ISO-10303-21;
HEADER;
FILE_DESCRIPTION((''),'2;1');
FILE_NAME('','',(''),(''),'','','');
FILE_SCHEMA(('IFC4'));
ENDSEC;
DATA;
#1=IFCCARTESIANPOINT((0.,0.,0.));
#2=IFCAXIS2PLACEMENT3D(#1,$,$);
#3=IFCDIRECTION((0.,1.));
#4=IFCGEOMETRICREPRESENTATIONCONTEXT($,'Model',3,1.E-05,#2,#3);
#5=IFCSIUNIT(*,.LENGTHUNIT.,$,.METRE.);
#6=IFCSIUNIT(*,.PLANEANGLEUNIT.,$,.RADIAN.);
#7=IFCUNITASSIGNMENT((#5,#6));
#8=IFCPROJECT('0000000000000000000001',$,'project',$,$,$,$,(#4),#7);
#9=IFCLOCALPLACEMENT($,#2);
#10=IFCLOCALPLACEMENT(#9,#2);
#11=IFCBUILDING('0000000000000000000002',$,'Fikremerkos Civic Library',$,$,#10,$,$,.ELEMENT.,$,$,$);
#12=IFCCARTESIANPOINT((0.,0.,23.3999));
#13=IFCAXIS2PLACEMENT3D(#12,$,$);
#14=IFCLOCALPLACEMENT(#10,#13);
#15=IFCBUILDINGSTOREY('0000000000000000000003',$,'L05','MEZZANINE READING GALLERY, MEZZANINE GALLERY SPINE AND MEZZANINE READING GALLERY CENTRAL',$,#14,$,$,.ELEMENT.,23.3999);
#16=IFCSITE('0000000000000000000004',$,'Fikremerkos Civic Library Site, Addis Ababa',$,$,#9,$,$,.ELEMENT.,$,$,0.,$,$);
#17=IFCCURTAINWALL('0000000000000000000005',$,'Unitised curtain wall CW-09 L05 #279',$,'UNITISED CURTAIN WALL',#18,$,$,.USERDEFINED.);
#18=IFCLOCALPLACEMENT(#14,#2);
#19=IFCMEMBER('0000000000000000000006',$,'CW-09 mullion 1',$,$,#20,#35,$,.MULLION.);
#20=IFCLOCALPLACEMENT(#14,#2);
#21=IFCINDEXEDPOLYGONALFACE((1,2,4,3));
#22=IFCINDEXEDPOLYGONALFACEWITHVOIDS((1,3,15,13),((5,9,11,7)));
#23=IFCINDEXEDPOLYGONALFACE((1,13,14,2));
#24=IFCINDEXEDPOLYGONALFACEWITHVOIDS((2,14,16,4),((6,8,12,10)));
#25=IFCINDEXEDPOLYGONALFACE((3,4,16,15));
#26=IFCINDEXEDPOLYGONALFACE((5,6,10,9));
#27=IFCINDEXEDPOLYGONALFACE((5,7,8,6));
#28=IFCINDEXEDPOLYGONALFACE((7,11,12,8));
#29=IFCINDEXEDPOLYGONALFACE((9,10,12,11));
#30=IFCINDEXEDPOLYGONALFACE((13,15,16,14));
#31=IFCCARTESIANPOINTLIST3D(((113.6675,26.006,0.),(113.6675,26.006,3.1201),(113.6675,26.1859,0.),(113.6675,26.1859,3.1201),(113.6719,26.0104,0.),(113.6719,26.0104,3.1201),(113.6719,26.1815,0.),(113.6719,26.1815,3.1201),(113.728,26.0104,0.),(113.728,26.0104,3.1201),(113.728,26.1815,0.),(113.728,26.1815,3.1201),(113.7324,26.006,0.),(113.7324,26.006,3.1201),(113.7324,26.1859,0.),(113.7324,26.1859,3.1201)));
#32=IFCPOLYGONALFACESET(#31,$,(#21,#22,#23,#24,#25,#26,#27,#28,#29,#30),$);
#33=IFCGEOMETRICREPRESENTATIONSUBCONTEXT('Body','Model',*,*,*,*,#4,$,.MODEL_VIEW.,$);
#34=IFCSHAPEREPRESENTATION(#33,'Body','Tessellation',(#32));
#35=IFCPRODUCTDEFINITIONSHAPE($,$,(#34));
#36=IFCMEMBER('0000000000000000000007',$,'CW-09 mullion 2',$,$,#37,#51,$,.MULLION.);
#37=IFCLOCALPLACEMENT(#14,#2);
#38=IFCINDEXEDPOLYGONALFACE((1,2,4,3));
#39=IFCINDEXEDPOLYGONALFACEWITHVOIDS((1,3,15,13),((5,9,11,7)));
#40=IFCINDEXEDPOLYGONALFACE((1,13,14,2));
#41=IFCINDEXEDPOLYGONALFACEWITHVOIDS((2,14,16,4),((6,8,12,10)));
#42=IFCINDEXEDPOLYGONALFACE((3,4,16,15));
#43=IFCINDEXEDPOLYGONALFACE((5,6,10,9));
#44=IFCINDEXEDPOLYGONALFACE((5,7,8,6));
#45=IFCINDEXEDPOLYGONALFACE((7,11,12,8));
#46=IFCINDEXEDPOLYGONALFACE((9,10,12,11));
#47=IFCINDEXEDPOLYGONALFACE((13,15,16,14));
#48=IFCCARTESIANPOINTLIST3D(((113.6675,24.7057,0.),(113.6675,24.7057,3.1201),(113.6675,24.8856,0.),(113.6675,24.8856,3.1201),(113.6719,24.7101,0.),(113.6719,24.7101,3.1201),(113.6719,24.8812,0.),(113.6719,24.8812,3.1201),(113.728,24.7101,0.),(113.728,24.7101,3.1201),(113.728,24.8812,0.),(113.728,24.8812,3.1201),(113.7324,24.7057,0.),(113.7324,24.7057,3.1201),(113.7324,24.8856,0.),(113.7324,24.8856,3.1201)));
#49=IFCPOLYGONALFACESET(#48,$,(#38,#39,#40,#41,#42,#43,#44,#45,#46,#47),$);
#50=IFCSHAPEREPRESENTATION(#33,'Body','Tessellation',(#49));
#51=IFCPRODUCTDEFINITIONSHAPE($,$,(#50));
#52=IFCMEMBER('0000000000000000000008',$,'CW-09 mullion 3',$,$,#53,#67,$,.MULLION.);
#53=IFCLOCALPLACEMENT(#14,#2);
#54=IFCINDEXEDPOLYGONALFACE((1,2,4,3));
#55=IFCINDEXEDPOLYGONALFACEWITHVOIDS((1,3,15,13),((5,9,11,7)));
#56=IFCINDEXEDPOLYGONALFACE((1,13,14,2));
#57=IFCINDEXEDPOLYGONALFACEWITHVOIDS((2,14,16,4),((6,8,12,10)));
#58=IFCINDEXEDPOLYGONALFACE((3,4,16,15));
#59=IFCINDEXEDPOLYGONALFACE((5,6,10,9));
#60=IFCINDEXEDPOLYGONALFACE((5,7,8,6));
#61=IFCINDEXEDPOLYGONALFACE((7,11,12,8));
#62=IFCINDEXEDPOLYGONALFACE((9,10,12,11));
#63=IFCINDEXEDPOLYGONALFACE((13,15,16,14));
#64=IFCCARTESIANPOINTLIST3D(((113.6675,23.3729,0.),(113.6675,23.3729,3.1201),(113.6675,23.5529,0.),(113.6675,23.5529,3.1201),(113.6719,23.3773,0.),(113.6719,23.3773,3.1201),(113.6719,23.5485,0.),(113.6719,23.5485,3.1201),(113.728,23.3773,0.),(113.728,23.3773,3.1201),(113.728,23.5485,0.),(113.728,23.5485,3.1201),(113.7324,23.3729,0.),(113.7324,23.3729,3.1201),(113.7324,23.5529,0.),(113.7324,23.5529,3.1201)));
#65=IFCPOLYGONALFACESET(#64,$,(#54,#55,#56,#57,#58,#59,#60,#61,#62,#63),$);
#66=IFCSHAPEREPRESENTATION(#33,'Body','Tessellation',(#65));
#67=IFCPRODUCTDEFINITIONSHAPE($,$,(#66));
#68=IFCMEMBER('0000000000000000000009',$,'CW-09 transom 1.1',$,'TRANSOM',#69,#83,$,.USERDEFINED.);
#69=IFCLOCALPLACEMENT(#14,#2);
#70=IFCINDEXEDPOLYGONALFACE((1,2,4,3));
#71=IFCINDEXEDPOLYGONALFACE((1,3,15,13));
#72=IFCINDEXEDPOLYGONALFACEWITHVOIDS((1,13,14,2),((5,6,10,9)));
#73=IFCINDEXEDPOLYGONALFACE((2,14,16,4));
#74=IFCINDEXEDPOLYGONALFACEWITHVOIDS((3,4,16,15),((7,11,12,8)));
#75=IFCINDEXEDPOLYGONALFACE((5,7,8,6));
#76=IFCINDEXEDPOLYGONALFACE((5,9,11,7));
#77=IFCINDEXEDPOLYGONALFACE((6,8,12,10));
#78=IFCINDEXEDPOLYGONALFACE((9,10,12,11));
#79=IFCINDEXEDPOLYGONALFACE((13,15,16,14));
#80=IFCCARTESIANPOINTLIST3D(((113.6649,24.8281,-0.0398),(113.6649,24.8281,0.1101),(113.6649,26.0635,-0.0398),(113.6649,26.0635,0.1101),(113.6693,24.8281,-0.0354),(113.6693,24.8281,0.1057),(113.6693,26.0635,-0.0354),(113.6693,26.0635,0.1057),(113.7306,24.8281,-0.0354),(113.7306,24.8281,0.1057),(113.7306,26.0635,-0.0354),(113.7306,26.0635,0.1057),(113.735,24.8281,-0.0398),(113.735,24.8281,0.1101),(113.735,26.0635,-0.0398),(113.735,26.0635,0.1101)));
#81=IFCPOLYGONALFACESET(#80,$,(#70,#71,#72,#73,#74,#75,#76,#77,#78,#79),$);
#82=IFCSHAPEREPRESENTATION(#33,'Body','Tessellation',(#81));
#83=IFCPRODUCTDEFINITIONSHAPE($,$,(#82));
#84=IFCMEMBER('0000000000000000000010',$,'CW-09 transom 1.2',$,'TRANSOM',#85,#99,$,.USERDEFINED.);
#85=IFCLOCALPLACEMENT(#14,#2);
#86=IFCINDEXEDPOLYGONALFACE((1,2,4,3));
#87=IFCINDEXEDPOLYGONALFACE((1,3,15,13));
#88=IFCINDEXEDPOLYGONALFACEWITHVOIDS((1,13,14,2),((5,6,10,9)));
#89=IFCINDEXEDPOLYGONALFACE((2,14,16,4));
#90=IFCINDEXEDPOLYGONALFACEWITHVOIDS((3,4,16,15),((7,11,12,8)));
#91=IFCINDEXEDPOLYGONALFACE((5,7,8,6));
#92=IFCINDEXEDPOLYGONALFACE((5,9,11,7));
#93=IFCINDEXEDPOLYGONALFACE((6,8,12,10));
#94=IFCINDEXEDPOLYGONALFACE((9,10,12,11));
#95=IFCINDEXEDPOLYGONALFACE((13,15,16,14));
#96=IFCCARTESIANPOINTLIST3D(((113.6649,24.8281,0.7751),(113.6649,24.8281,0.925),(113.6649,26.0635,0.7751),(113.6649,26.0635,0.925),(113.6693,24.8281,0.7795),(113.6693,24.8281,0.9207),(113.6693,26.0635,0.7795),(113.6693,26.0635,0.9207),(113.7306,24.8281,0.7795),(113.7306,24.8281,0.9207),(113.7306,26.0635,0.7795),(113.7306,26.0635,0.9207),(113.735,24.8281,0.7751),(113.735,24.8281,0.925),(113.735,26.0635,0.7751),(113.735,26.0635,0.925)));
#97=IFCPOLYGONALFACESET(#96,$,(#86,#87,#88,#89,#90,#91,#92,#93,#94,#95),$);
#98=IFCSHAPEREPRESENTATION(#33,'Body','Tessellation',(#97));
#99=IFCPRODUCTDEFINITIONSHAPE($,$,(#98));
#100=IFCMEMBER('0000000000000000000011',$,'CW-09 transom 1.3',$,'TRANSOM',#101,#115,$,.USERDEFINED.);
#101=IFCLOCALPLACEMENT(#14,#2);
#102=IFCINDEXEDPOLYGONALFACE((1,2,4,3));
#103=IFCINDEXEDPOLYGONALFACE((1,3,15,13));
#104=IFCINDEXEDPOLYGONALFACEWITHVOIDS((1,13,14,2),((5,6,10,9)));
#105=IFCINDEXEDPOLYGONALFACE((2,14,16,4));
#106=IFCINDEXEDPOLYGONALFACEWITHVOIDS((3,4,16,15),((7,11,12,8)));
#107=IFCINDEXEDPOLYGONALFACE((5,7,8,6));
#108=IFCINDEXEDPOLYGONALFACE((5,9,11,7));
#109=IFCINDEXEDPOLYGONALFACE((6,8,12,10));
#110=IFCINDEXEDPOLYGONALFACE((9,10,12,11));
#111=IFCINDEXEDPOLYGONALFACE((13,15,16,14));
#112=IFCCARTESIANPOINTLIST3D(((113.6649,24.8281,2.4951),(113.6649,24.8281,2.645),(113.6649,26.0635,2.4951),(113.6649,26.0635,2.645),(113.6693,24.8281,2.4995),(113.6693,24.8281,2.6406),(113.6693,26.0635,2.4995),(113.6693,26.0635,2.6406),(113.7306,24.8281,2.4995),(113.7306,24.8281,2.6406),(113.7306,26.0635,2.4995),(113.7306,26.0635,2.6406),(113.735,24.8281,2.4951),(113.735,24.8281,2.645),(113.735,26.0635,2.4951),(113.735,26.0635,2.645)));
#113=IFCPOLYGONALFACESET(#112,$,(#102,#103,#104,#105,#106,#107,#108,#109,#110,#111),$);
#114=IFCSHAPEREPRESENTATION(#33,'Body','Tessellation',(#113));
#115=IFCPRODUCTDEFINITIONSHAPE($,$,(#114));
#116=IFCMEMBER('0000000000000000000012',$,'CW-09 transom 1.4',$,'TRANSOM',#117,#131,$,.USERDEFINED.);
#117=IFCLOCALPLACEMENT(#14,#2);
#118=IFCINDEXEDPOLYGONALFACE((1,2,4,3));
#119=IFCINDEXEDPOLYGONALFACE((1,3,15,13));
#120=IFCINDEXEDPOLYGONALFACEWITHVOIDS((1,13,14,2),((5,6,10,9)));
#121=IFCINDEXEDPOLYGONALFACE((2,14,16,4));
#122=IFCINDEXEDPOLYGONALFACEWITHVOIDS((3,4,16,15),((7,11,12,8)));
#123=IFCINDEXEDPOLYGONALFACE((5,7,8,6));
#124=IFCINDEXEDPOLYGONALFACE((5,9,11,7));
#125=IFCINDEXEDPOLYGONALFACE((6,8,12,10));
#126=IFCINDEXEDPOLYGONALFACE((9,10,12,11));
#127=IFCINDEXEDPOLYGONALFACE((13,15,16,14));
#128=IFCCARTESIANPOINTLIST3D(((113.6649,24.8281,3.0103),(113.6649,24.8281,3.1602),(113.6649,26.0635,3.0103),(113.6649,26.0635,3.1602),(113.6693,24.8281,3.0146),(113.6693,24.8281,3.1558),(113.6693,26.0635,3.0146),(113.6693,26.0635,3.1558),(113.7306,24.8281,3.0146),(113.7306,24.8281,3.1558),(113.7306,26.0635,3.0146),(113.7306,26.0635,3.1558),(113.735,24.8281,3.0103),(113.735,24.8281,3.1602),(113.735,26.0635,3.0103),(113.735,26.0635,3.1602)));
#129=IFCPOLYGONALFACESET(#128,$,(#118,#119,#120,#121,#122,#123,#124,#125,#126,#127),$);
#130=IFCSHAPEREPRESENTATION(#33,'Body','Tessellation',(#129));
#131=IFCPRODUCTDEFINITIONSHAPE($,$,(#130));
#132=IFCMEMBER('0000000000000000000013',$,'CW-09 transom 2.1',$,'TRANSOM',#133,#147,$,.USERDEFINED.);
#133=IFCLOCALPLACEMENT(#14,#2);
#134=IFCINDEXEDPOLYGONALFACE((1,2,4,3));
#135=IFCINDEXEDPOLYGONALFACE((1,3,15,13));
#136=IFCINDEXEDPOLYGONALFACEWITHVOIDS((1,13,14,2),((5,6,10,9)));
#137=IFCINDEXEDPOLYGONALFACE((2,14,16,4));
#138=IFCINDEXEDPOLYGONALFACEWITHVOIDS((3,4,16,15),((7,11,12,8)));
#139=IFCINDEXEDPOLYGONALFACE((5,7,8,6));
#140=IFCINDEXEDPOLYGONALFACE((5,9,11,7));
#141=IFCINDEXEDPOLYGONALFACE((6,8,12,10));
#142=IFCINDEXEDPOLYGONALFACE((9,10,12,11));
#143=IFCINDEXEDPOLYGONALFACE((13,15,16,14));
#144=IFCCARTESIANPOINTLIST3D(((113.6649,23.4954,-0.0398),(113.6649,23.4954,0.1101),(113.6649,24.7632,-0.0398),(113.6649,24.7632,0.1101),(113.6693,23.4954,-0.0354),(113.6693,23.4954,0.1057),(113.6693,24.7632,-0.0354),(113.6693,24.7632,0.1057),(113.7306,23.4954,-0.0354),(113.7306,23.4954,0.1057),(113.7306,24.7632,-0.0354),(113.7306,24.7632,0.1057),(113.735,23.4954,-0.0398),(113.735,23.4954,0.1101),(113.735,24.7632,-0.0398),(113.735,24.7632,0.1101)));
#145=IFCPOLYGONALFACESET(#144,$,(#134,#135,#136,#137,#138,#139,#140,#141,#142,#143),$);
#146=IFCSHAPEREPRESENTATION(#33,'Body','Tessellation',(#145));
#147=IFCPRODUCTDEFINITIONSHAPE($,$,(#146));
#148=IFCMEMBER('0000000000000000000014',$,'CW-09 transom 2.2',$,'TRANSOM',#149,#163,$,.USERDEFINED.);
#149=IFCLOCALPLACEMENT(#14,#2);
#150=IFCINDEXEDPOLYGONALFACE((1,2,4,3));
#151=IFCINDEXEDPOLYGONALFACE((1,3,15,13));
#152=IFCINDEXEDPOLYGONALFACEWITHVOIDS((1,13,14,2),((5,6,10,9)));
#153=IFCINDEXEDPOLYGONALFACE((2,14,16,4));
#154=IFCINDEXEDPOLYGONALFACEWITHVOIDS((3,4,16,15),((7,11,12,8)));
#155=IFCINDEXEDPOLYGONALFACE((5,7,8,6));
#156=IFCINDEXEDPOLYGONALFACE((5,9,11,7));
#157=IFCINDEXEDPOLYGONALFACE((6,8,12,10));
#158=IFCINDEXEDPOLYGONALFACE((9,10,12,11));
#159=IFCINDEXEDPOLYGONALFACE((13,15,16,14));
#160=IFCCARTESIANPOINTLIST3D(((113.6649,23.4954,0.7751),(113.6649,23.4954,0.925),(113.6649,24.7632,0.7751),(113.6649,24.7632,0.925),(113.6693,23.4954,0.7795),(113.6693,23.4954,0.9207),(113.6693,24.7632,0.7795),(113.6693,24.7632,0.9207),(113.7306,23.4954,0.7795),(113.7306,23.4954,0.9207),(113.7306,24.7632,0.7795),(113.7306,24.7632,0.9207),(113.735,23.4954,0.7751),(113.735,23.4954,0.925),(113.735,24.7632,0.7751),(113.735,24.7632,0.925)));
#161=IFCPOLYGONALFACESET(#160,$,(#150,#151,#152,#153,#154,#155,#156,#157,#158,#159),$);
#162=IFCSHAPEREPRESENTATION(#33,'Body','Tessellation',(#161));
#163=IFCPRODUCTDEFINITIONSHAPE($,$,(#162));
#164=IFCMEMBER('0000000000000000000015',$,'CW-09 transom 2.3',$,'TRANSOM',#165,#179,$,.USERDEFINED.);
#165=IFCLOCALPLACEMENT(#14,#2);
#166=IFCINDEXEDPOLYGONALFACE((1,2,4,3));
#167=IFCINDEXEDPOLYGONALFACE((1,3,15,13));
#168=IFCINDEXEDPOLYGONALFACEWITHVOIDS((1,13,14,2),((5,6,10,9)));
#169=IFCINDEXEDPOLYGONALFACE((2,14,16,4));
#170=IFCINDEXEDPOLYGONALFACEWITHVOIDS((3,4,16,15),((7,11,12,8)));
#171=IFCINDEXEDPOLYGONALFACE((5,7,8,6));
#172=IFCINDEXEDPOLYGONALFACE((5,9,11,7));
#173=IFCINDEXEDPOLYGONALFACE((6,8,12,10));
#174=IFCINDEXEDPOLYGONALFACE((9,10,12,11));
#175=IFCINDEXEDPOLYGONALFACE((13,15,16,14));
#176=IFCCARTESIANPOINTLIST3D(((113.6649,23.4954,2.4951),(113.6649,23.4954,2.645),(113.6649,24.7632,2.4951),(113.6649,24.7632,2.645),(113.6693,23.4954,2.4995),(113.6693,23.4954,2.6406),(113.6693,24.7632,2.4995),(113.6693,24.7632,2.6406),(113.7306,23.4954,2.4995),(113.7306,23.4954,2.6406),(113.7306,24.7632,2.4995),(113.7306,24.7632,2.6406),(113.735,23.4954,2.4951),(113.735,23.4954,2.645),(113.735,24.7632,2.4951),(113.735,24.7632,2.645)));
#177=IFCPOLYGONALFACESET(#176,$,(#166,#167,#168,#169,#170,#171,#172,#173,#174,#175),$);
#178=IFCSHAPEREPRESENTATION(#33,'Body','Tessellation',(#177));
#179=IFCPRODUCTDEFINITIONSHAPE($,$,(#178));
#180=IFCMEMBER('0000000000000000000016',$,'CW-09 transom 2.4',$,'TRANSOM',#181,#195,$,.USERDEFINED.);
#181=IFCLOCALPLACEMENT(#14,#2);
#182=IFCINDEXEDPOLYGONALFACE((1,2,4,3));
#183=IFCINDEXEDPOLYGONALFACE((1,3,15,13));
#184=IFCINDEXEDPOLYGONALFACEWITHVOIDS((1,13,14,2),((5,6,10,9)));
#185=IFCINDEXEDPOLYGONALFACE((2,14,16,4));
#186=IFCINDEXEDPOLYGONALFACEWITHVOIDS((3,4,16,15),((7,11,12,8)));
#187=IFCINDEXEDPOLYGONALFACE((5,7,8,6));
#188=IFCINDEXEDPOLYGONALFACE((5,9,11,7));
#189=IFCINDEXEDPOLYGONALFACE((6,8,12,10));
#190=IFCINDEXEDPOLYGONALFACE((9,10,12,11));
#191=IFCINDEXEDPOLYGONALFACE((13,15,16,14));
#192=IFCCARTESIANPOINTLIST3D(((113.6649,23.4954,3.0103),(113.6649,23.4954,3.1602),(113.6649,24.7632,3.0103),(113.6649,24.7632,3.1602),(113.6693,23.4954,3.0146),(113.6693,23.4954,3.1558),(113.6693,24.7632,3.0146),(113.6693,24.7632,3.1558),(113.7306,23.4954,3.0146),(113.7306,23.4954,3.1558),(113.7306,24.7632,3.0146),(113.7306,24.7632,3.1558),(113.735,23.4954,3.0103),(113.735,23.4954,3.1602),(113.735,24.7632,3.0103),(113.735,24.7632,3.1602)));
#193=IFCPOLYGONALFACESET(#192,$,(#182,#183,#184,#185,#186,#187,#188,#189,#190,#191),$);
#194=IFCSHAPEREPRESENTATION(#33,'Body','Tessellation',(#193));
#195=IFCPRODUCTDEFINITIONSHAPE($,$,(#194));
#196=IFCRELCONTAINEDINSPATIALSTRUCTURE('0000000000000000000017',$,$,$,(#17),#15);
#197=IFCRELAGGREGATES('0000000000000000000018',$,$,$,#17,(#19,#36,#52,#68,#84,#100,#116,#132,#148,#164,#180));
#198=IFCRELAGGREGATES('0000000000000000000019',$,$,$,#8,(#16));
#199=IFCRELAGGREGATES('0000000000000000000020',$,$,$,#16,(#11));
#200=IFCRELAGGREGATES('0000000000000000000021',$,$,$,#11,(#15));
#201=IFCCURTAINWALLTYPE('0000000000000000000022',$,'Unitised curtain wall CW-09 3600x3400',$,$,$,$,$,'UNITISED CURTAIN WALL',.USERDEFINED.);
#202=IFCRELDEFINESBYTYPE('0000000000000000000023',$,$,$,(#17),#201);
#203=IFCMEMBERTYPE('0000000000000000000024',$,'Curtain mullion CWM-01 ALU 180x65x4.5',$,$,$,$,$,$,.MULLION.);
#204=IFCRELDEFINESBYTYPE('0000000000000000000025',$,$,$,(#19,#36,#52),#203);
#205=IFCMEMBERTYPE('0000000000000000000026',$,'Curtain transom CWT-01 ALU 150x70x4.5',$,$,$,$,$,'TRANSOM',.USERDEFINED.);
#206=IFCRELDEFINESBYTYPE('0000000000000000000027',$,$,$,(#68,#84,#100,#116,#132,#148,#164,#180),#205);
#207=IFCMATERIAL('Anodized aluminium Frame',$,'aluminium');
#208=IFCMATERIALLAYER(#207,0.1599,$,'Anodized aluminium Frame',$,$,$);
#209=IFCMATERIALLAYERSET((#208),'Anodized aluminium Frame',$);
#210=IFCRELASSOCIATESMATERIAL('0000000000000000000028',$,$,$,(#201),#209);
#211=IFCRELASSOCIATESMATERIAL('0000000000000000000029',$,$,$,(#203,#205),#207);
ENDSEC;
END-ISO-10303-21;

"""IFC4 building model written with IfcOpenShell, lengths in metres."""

from ifc_helpers import new_model, si_unit, direction, frame, origin, origin_2d, place, context, subcontext, project, spatial, hollow_rectangle, extrude, material, layer, layer_set, material_profile, profile_set, type_object, element, aggregate, save


model = new_model("IFC4")

# Units and contexts
model_context = context("Model", 3, precision=1e-05, world=origin(), true_north=direction((0.0, 1.0)))
body_context = subcontext(model_context, "Body", "Model", "MODEL_VIEW")
ifc_project = project(units=[si_unit("LENGTHUNIT", "METRE"), si_unit("PLANEANGLEUNIT", "RADIAN")], contexts=[model_context])

# Site, building, storey
site_placement = place(None, origin())
site = spatial("IfcSite", under=ifc_project, at=site_placement, Name="Fikremerkos Civic Library Site, Addis Ababa", CompositionType="ELEMENT", RefElevation=0.0)
building_placement = place(site_placement, origin())
building = spatial("IfcBuilding", under=site, at=building_placement, Name="Fikremerkos Civic Library", CompositionType="ELEMENT")
storey_placement = place(building_placement, frame((0.0, 0.0, 23.3999)))
storey = spatial("IfcBuildingStorey", under=building, at=storey_placement, Name="L05", Description="MEZZANINE READING GALLERY, MEZZANINE GALLERY SPINE AND MEZZANINE READING GALLERY CENTRAL", CompositionType="ELEMENT", Elevation=23.3999)

# Curtain wall, members
ifc_material_1 = material(Name="Anodized aluminium Frame", Category="aluminium")
ifc_layer_1 = layer(ifc_material_1, 0.1599, Name="Anodized aluminium Frame")
ifc_layer_set_1 = layer_set([ifc_layer_1], Name="Anodized aluminium Frame")
curtain_wall_type = type_object("IfcCurtainWallType", Name="Unitised curtain wall CW-09 3600x3400", ElementType="UNITISED CURTAIN WALL", PredefinedType="USERDEFINED", material=ifc_layer_set_1)
curtain_wall_placement = place(storey_placement, origin())
curtain_wall = element("IfcCurtainWall", 1, at=curtain_wall_placement, inside=storey, type_object=curtain_wall_type, Name="Unitised curtain wall CW-09 L05 #279", ObjectType="UNITISED CURTAIN WALL", PredefinedType="USERDEFINED")
ifc_material_profile_1 = material_profile(ifc_material_1, hollow_rectangle(XDim=0.0649, YDim=0.1799, WallThickness=0.0044, at=origin_2d()), Name="ALU 180x65x4.5")
ifc_profile_set_1 = profile_set([ifc_material_profile_1], Name="Anodized aluminium Frame")
member_type_1 = type_object("IfcMemberType", Name="Curtain mullion CWM-01 ALU 180x65x4.5", PredefinedType="MULLION", material=ifc_profile_set_1)
member_1_placement = place(storey_placement, frame((113.7, 26.0959, 0.0), z_axis=(0.0, 0.0, 1.0), x_axis=(1.0, 0.0, 0.0)))
member_1 = element("IfcMember", 2, at=member_1_placement, type_object=member_type_1, Name="CW-09 mullion 1", PredefinedType="MULLION", context=body_context, shape_type="SweptSolid", body=[
    extrude(hollow_rectangle(XDim=0.0649, YDim=0.1799, WallThickness=0.0044, at=origin_2d()), origin(), (0.0, 0.0, 1.0), 3.1201),
])
member_2_placement = place(storey_placement, frame((113.7, 24.7957, 0.0), z_axis=(0.0, 0.0, 1.0), x_axis=(1.0, 0.0, 0.0)))
member_2 = element("IfcMember", 3, at=member_2_placement, type_object=member_type_1, Name="CW-09 mullion 2", PredefinedType="MULLION", context=body_context, shape_type="SweptSolid", body=[
    extrude(hollow_rectangle(XDim=0.0649, YDim=0.1799, WallThickness=0.0044, at=origin_2d()), origin(), (0.0, 0.0, 1.0), 3.1201),
])
member_3_placement = place(storey_placement, frame((113.7, 23.4629, 0.0), z_axis=(0.0, 0.0, 1.0), x_axis=(1.0, 0.0, 0.0)))
member_3 = element("IfcMember", 4, at=member_3_placement, type_object=member_type_1, Name="CW-09 mullion 3", PredefinedType="MULLION", context=body_context, shape_type="SweptSolid", body=[
    extrude(hollow_rectangle(XDim=0.0649, YDim=0.1799, WallThickness=0.0044, at=origin_2d()), origin(), (0.0, 0.0, 1.0), 3.1201),
])
ifc_material_profile_2 = material_profile(ifc_material_1, hollow_rectangle(XDim=0.0701, YDim=0.1499, WallThickness=0.0044, at=origin_2d()), Name="ALU 150x70x4.5")
ifc_profile_set_2 = profile_set([ifc_material_profile_2], Name="Anodized aluminium Frame")
member_type_2 = type_object("IfcMemberType", Name="Curtain transom CWT-01 ALU 150x70x4.5", ElementType="TRANSOM", PredefinedType="USERDEFINED", material=ifc_profile_set_2)
member_4_placement = place(storey_placement, frame((113.7, 26.0635, 0.0352), z_axis=(0.0, -1.0, 0.0), x_axis=(1.0, 0.0, 0.0)))
member_4 = element("IfcMember", 5, at=member_4_placement, type_object=member_type_2, Name="CW-09 transom 1.1", ObjectType="TRANSOM", PredefinedType="USERDEFINED", context=body_context, shape_type="SweptSolid", body=[
    extrude(hollow_rectangle(XDim=0.0701, YDim=0.1499, WallThickness=0.0044, at=origin_2d()), origin(), (0.0, 0.0, 1.0), 1.2354),
])
member_5_placement = place(storey_placement, frame((113.7, 26.0635, 0.8501), z_axis=(0.0, -1.0, 0.0), x_axis=(1.0, 0.0, 0.0)))
member_5 = element("IfcMember", 6, at=member_5_placement, type_object=member_type_2, Name="CW-09 transom 1.2", ObjectType="TRANSOM", PredefinedType="USERDEFINED", context=body_context, shape_type="SweptSolid", body=[
    extrude(hollow_rectangle(XDim=0.0701, YDim=0.1499, WallThickness=0.0044, at=origin_2d()), origin(), (0.0, 0.0, 1.0), 1.2354),
])
member_6_placement = place(storey_placement, frame((113.7, 26.0635, 2.5701), z_axis=(0.0, -1.0, 0.0), x_axis=(1.0, 0.0, 0.0)))
member_6 = element("IfcMember", 7, at=member_6_placement, type_object=member_type_2, Name="CW-09 transom 1.3", ObjectType="TRANSOM", PredefinedType="USERDEFINED", context=body_context, shape_type="SweptSolid", body=[
    extrude(hollow_rectangle(XDim=0.0701, YDim=0.1499, WallThickness=0.0044, at=origin_2d()), origin(), (0.0, 0.0, 1.0), 1.2354),
])
member_7_placement = place(storey_placement, frame((113.7, 26.0635, 3.0852), z_axis=(0.0, -1.0, 0.0), x_axis=(1.0, 0.0, 0.0)))
member_7 = element("IfcMember", 8, at=member_7_placement, type_object=member_type_2, Name="CW-09 transom 1.4", ObjectType="TRANSOM", PredefinedType="USERDEFINED", context=body_context, shape_type="SweptSolid", body=[
    extrude(hollow_rectangle(XDim=0.0701, YDim=0.1499, WallThickness=0.0044, at=origin_2d()), origin(), (0.0, 0.0, 1.0), 1.2354),
])
member_8_placement = place(storey_placement, frame((113.7, 24.7632, 0.0352), z_axis=(0.0, -1.0, 0.0), x_axis=(1.0, 0.0, 0.0)))
member_8 = element("IfcMember", 9, at=member_8_placement, type_object=member_type_2, Name="CW-09 transom 2.1", ObjectType="TRANSOM", PredefinedType="USERDEFINED", context=body_context, shape_type="SweptSolid", body=[
    extrude(hollow_rectangle(XDim=0.0701, YDim=0.1499, WallThickness=0.0044, at=origin_2d()), origin(), (0.0, 0.0, 1.0), 1.2678),
])
member_9_placement = place(storey_placement, frame((113.7, 24.7632, 0.8501), z_axis=(0.0, -1.0, 0.0), x_axis=(1.0, 0.0, 0.0)))
member_9 = element("IfcMember", 10, at=member_9_placement, type_object=member_type_2, Name="CW-09 transom 2.2", ObjectType="TRANSOM", PredefinedType="USERDEFINED", context=body_context, shape_type="SweptSolid", body=[
    extrude(hollow_rectangle(XDim=0.0701, YDim=0.1499, WallThickness=0.0044, at=origin_2d()), origin(), (0.0, 0.0, 1.0), 1.2678),
])
member_10_placement = place(storey_placement, frame((113.7, 24.7632, 2.5701), z_axis=(0.0, -1.0, 0.0), x_axis=(1.0, 0.0, 0.0)))
member_10 = element("IfcMember", 11, at=member_10_placement, type_object=member_type_2, Name="CW-09 transom 2.3", ObjectType="TRANSOM", PredefinedType="USERDEFINED", context=body_context, shape_type="SweptSolid", body=[
    extrude(hollow_rectangle(XDim=0.0701, YDim=0.1499, WallThickness=0.0044, at=origin_2d()), origin(), (0.0, 0.0, 1.0), 1.2678),
])
member_11_placement = place(storey_placement, frame((113.7, 24.7632, 3.0852), z_axis=(0.0, -1.0, 0.0), x_axis=(1.0, 0.0, 0.0)))
member_11 = element("IfcMember", 12, at=member_11_placement, type_object=member_type_2, Name="CW-09 transom 2.4", ObjectType="TRANSOM", PredefinedType="USERDEFINED", context=body_context, shape_type="SweptSolid", body=[
    extrude(hollow_rectangle(XDim=0.0701, YDim=0.1499, WallThickness=0.0044, at=origin_2d()), origin(), (0.0, 0.0, 1.0), 1.2678),
])
aggregate(curtain_wall, [member_1, member_2, member_3, member_4, member_5, member_6, member_7, member_8, member_9, member_10, member_11])

save(model, "model.ifc")
